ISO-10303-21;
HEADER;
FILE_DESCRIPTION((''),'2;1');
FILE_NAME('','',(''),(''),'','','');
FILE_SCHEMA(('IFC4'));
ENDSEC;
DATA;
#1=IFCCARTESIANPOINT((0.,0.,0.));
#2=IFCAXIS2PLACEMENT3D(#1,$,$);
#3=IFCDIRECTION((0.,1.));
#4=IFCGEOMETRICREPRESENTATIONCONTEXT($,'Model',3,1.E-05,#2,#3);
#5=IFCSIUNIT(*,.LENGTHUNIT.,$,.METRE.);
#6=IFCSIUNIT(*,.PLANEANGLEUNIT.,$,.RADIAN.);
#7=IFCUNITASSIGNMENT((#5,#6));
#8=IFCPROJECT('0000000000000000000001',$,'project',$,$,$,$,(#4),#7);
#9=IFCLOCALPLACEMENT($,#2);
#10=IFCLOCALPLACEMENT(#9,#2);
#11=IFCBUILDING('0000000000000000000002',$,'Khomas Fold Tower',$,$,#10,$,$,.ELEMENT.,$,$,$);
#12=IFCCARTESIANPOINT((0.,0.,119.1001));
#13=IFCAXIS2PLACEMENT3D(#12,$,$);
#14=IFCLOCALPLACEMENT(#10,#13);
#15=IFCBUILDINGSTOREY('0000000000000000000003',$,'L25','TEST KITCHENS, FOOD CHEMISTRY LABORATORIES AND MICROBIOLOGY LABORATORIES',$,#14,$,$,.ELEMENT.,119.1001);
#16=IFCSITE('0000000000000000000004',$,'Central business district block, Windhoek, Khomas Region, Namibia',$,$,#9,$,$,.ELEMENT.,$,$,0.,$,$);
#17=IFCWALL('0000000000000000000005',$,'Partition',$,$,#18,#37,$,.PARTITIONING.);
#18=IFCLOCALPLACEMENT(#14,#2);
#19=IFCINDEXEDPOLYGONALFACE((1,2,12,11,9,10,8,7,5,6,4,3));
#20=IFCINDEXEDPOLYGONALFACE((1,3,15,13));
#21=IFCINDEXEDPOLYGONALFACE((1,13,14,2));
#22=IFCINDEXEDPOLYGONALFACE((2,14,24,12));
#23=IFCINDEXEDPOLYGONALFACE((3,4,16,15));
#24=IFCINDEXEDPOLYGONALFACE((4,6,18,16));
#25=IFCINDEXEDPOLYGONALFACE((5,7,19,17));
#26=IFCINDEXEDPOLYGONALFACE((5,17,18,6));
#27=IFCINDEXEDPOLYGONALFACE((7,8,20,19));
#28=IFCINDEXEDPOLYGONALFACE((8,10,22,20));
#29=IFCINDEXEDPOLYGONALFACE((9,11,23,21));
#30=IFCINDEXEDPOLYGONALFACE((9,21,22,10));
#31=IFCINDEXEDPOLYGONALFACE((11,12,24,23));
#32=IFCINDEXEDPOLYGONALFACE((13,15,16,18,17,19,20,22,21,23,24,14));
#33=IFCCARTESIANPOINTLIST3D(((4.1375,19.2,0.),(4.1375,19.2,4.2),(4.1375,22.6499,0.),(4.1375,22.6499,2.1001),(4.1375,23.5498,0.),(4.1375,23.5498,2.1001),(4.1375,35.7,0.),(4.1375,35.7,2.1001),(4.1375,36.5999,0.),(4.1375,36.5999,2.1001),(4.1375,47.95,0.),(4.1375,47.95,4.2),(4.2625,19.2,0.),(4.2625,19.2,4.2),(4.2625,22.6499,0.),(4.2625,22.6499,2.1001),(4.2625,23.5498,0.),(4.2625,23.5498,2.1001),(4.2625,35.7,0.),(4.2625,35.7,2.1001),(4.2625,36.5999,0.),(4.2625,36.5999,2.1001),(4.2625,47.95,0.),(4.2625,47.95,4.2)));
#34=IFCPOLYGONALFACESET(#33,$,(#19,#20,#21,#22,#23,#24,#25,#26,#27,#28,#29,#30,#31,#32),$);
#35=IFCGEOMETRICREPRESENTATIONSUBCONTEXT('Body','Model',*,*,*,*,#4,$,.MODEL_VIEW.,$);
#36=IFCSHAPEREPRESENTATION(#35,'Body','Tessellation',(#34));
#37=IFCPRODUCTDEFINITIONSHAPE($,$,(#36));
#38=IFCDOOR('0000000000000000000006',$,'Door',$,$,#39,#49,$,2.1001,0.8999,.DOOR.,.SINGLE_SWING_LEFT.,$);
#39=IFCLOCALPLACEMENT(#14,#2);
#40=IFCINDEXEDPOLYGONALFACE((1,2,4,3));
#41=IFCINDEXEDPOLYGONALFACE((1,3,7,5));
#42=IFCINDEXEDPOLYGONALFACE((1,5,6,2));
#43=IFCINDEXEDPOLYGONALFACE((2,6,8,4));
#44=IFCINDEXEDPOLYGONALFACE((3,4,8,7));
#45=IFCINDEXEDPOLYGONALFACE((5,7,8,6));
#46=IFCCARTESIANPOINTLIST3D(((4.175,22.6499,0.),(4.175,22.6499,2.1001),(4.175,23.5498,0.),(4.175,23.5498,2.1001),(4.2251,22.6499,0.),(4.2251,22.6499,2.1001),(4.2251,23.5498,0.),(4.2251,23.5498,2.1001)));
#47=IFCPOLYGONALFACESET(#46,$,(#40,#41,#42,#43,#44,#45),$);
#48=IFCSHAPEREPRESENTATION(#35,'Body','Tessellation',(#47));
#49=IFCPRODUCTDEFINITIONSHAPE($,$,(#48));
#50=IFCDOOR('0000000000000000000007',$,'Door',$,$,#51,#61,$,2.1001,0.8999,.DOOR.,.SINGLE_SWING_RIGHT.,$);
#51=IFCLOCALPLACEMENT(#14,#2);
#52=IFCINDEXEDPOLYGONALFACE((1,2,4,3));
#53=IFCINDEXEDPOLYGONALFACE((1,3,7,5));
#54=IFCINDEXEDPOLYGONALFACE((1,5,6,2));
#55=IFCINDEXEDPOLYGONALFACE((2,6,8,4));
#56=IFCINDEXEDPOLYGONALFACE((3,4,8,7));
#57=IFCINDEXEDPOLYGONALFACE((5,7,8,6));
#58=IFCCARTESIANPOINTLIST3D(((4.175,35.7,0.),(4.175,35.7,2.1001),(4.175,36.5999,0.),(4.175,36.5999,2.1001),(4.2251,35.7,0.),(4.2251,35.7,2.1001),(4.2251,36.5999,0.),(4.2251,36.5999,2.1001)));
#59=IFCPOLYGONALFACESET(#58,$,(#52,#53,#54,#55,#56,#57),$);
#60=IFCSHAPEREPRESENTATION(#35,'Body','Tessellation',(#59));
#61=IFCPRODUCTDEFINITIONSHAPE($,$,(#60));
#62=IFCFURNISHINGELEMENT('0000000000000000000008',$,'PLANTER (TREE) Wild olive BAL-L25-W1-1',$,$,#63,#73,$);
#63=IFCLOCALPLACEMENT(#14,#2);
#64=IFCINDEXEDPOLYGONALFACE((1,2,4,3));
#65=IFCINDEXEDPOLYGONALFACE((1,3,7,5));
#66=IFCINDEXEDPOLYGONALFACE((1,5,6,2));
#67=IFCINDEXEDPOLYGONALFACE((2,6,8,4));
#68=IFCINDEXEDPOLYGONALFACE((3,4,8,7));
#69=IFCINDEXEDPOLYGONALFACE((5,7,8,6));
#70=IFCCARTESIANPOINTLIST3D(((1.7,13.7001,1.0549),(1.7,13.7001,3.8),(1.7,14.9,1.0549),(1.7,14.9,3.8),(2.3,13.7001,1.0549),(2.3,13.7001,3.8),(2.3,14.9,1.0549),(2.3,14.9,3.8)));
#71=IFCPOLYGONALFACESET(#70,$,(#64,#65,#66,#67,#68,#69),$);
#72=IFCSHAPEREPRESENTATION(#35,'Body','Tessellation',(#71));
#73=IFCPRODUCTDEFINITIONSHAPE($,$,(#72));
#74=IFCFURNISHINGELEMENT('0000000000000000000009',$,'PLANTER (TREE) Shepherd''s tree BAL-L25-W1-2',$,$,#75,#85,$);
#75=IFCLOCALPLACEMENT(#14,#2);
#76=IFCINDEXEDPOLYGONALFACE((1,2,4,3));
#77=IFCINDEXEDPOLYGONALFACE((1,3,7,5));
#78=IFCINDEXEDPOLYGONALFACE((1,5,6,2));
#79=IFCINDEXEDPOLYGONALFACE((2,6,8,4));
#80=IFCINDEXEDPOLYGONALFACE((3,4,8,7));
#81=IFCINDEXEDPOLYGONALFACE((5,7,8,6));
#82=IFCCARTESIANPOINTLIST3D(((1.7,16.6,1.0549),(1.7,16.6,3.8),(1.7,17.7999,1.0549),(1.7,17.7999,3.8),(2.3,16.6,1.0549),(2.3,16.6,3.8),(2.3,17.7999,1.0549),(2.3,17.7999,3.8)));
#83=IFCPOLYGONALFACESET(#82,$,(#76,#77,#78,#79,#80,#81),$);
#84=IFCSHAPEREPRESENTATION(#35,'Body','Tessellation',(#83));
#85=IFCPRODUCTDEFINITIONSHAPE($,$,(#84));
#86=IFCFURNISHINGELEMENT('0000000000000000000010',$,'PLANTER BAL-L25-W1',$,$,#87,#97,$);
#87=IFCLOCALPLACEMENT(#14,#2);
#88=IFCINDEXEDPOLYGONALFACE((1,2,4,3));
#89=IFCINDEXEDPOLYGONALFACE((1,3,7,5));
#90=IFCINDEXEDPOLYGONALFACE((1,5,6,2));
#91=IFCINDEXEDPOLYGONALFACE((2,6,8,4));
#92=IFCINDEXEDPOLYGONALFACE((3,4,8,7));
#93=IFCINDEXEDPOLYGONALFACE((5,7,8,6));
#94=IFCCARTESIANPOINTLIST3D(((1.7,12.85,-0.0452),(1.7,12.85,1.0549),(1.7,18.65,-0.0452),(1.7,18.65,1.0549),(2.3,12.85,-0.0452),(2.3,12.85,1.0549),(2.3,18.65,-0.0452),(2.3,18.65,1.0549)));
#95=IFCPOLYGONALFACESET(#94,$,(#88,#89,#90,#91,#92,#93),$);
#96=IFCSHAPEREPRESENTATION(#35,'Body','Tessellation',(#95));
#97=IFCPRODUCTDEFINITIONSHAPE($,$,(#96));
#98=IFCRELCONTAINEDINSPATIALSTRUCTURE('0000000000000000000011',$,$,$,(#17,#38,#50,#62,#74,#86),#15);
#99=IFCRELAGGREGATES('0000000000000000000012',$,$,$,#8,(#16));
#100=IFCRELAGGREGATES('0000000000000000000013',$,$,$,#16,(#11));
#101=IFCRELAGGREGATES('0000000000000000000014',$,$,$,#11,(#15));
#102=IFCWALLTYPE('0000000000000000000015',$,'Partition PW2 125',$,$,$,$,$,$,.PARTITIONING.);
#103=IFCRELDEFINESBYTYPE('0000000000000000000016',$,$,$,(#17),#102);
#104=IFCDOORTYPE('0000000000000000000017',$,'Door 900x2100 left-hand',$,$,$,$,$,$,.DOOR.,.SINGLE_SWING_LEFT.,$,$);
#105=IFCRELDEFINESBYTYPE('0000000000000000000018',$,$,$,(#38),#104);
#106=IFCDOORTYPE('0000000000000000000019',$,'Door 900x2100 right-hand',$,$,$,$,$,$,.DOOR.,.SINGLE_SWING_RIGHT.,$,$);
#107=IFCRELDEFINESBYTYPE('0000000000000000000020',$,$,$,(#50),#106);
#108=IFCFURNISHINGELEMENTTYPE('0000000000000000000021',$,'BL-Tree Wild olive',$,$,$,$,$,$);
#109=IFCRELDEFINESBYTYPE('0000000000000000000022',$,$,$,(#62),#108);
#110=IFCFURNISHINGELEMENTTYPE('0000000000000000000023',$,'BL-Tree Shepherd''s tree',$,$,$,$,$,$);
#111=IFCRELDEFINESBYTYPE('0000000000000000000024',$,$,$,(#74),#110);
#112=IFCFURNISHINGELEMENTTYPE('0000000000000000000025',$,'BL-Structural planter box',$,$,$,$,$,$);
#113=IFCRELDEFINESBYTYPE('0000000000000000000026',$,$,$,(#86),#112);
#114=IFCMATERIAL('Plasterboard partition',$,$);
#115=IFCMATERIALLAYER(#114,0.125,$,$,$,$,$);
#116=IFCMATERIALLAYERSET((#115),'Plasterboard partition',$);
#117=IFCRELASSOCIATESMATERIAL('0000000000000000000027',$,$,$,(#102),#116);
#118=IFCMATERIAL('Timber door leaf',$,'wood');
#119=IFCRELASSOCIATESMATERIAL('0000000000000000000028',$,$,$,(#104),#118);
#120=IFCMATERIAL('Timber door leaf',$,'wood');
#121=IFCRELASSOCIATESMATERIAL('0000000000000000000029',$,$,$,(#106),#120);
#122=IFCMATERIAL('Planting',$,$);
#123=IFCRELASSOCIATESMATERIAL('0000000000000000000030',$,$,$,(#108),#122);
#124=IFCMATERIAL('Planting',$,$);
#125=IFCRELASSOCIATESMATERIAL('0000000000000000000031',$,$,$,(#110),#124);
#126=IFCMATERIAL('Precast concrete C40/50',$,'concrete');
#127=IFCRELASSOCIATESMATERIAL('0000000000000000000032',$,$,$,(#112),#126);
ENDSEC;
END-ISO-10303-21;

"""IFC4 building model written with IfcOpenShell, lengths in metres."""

from ifc_helpers import new_model, si_unit, direction, frame, frame_2d, origin, origin_2d, place, context, subcontext, project, spatial, rectangle, extrude, source, transform, mapped, material, layer, layer_set, type_object, element, fill, save


model = new_model("IFC4")

# Units and contexts
model_context = context("Model", 3, precision=1e-05, world=origin(), true_north=direction((0.0, 1.0)))
body_context = subcontext(model_context, "Body", "Model", "MODEL_VIEW")
ifc_project = project(units=[si_unit("LENGTHUNIT", "METRE"), si_unit("PLANEANGLEUNIT", "RADIAN")], contexts=[model_context])

# Site, building, storey
site_placement = place(None, origin())
site = spatial("IfcSite", under=ifc_project, at=site_placement, Name="Central business district block, Windhoek, Khomas Region, Namibia", CompositionType="ELEMENT", RefElevation=0.0)
building_placement = place(site_placement, origin())
building = spatial("IfcBuilding", under=site, at=building_placement, Name="Khomas Fold Tower", CompositionType="ELEMENT")
storey_placement = place(building_placement, frame((0.0, 0.0, 119.1001)))
storey = spatial("IfcBuildingStorey", under=building, at=storey_placement, Name="L25", Description="TEST KITCHENS, FOOD CHEMISTRY LABORATORIES AND MICROBIOLOGY LABORATORIES", CompositionType="ELEMENT", Elevation=119.1001)

# Wall, openings, doors
ifc_material_1 = material(Name="Plasterboard partition")
ifc_layer_1 = layer(ifc_material_1, 0.125)
ifc_layer_set_1 = layer_set([ifc_layer_1], Name="Plasterboard partition")
wall_type_1 = type_object("IfcWallType", Name="Partition PW2 125", PredefinedType="PARTITIONING", material=ifc_layer_set_1)
shared_shape_1 = source(origin(), body_context, "Body", "SweptSolid", [
    extrude(rectangle(XDim=28.75, YDim=0.125, at=frame_2d((14.375, 0.0))), origin(), (0.0, 0.0, 1.0), 4.2),
])
wall_1_placement = place(storey_placement, frame((4.2, 19.2, 0.0), z_axis=(0.0, 0.0, 1.0), x_axis=(0.0, 1.0, 0.0)))
wall_1 = element("IfcWall", 1, at=wall_1_placement, inside=storey, type_object=wall_type_1, Name="Partition", PredefinedType="PARTITIONING", context=body_context, shape_type="MappedRepresentation", body=[
    mapped(shared_shape_1, transform((0.0, 0.0, 0.0))),
])
shared_shape_2 = source(origin(), body_context, "Body", "SweptSolid", [
    extrude(rectangle(XDim=0.8999, YDim=2.1001, at=frame_2d((0.45, 1.05))), frame((0.0, 0.0725, 0.0), z_axis=(0.0, -1.0, 0.0), x_axis=(1.0, 0.0, 0.0)), (0.0, 0.0, 1.0), 0.145),
])
opening_1_placement = place(wall_1_placement, frame((3.45, 0.0, 0.0)))
opening_1 = element("IfcOpeningElement", 2, at=opening_1_placement, cuts=wall_1, PredefinedType="OPENING", context=body_context, shape_type="MappedRepresentation", body=[
    mapped(shared_shape_2, transform((0.0, 0.0, 0.0))),
])
opening_2_placement = place(wall_1_placement, frame((16.5, 0.0, 0.0)))
opening_2 = element("IfcOpeningElement", 3, at=opening_2_placement, cuts=wall_1, PredefinedType="OPENING", context=body_context, shape_type="MappedRepresentation", body=[
    mapped(shared_shape_2, transform((0.0, 0.0, 0.0))),
])
ifc_material_2 = material(Name="Timber door leaf", Category="wood")
door_type_1 = type_object("IfcDoorType", Name="Door 900x2100 left-hand", OperationType="SINGLE_SWING_LEFT", PredefinedType="DOOR", material=ifc_material_2)
shared_shape_3 = source(origin(), body_context, "Body", "SweptSolid", [
    extrude(rectangle(XDim=0.8999, YDim=2.1001, at=frame_2d((0.45, 1.05))), frame((0.0, 0.0249, 0.0), z_axis=(0.0, -1.0, 0.0), x_axis=(1.0, 0.0, 0.0)), (0.0, 0.0, 1.0), 0.05),
])
door_1_placement = place(opening_1_placement, origin())
door_1 = element("IfcDoor", 4, at=door_1_placement, inside=storey, type_object=door_type_1, Name="Door", OperationType="SINGLE_SWING_LEFT", OverallHeight=2.1001, OverallWidth=0.8999, PredefinedType="DOOR", context=body_context, shape_type="MappedRepresentation", body=[
    mapped(shared_shape_3, transform((0.0, 0.0, 0.0))),
])
fill(opening_1, door_1)
ifc_material_3 = material(Name="Timber door leaf", Category="wood")
door_type_2 = type_object("IfcDoorType", Name="Door 900x2100 right-hand", OperationType="SINGLE_SWING_RIGHT", PredefinedType="DOOR", material=ifc_material_3)
door_2_placement = place(opening_2_placement, origin())
door_2 = element("IfcDoor", 5, at=door_2_placement, inside=storey, type_object=door_type_2, Name="Door", OperationType="SINGLE_SWING_RIGHT", OverallHeight=2.1001, OverallWidth=0.8999, PredefinedType="DOOR", context=body_context, shape_type="MappedRepresentation", body=[
    mapped(shared_shape_3, transform((0.0, 0.0, 0.0))),
])
fill(opening_2, door_2)

# Furnishing elements
ifc_material_4 = material(Name="Planting")
furnishing_element_type_1 = type_object("IfcFurnishingElementType", Name="BL-Tree Wild olive", material=ifc_material_4)
shared_shape_4 = source(origin(), body_context, "Body", "SweptSolid", [
    extrude(rectangle(XDim=1.2, YDim=0.6001, at=origin_2d()), origin(), (0.0, 0.0, 1.0), 2.7451),
])
furnishing_1_placement = place(storey_placement, frame((2.0, 14.3, 1.0549), z_axis=(0.0, 0.0, 1.0), x_axis=(0.0, 1.0, 0.0)))
element("IfcFurnishingElement", 6, at=furnishing_1_placement, inside=storey, type_object=furnishing_element_type_1, Name="PLANTER (TREE) Wild olive BAL-L25-W1-1", context=body_context, shape_type="MappedRepresentation", body=[
    mapped(shared_shape_4, transform((0.0, 0.0, 0.0))),
])
ifc_material_5 = material(Name="Planting")
furnishing_element_type_2 = type_object("IfcFurnishingElementType", Name="BL-Tree Shepherd's tree", material=ifc_material_5)
furnishing_2_placement = place(storey_placement, frame((2.0, 17.2, 1.0549), z_axis=(0.0, 0.0, 1.0), x_axis=(0.0, 1.0, 0.0)))
element("IfcFurnishingElement", 7, at=furnishing_2_placement, inside=storey, type_object=furnishing_element_type_2, Name="PLANTER (TREE) Shepherd's tree BAL-L25-W1-2", context=body_context, shape_type="MappedRepresentation", body=[
    mapped(shared_shape_4, transform((0.0, 0.0, 0.0))),
])
ifc_material_6 = material(Name="Precast concrete C40/50", Category="concrete")
furnishing_element_type_3 = type_object("IfcFurnishingElementType", Name="BL-Structural planter box", material=ifc_material_6)
shared_shape_5 = source(origin(), body_context, "Body", "SweptSolid", [
    extrude(rectangle(XDim=5.8, YDim=0.6001, at=origin_2d()), origin(), (0.0, 0.0, 1.0), 1.1001),
])
furnishing_3_placement = place(storey_placement, frame((2.0, 15.75, -0.0452), z_axis=(0.0, 0.0, 1.0), x_axis=(0.0, 1.0, 0.0)))
element("IfcFurnishingElement", 8, at=furnishing_3_placement, inside=storey, type_object=furnishing_element_type_3, Name="PLANTER BAL-L25-W1", context=body_context, shape_type="MappedRepresentation", body=[
    mapped(shared_shape_5, transform((0.0, 0.0, 0.0))),
])

save(model, "model.ifc")
